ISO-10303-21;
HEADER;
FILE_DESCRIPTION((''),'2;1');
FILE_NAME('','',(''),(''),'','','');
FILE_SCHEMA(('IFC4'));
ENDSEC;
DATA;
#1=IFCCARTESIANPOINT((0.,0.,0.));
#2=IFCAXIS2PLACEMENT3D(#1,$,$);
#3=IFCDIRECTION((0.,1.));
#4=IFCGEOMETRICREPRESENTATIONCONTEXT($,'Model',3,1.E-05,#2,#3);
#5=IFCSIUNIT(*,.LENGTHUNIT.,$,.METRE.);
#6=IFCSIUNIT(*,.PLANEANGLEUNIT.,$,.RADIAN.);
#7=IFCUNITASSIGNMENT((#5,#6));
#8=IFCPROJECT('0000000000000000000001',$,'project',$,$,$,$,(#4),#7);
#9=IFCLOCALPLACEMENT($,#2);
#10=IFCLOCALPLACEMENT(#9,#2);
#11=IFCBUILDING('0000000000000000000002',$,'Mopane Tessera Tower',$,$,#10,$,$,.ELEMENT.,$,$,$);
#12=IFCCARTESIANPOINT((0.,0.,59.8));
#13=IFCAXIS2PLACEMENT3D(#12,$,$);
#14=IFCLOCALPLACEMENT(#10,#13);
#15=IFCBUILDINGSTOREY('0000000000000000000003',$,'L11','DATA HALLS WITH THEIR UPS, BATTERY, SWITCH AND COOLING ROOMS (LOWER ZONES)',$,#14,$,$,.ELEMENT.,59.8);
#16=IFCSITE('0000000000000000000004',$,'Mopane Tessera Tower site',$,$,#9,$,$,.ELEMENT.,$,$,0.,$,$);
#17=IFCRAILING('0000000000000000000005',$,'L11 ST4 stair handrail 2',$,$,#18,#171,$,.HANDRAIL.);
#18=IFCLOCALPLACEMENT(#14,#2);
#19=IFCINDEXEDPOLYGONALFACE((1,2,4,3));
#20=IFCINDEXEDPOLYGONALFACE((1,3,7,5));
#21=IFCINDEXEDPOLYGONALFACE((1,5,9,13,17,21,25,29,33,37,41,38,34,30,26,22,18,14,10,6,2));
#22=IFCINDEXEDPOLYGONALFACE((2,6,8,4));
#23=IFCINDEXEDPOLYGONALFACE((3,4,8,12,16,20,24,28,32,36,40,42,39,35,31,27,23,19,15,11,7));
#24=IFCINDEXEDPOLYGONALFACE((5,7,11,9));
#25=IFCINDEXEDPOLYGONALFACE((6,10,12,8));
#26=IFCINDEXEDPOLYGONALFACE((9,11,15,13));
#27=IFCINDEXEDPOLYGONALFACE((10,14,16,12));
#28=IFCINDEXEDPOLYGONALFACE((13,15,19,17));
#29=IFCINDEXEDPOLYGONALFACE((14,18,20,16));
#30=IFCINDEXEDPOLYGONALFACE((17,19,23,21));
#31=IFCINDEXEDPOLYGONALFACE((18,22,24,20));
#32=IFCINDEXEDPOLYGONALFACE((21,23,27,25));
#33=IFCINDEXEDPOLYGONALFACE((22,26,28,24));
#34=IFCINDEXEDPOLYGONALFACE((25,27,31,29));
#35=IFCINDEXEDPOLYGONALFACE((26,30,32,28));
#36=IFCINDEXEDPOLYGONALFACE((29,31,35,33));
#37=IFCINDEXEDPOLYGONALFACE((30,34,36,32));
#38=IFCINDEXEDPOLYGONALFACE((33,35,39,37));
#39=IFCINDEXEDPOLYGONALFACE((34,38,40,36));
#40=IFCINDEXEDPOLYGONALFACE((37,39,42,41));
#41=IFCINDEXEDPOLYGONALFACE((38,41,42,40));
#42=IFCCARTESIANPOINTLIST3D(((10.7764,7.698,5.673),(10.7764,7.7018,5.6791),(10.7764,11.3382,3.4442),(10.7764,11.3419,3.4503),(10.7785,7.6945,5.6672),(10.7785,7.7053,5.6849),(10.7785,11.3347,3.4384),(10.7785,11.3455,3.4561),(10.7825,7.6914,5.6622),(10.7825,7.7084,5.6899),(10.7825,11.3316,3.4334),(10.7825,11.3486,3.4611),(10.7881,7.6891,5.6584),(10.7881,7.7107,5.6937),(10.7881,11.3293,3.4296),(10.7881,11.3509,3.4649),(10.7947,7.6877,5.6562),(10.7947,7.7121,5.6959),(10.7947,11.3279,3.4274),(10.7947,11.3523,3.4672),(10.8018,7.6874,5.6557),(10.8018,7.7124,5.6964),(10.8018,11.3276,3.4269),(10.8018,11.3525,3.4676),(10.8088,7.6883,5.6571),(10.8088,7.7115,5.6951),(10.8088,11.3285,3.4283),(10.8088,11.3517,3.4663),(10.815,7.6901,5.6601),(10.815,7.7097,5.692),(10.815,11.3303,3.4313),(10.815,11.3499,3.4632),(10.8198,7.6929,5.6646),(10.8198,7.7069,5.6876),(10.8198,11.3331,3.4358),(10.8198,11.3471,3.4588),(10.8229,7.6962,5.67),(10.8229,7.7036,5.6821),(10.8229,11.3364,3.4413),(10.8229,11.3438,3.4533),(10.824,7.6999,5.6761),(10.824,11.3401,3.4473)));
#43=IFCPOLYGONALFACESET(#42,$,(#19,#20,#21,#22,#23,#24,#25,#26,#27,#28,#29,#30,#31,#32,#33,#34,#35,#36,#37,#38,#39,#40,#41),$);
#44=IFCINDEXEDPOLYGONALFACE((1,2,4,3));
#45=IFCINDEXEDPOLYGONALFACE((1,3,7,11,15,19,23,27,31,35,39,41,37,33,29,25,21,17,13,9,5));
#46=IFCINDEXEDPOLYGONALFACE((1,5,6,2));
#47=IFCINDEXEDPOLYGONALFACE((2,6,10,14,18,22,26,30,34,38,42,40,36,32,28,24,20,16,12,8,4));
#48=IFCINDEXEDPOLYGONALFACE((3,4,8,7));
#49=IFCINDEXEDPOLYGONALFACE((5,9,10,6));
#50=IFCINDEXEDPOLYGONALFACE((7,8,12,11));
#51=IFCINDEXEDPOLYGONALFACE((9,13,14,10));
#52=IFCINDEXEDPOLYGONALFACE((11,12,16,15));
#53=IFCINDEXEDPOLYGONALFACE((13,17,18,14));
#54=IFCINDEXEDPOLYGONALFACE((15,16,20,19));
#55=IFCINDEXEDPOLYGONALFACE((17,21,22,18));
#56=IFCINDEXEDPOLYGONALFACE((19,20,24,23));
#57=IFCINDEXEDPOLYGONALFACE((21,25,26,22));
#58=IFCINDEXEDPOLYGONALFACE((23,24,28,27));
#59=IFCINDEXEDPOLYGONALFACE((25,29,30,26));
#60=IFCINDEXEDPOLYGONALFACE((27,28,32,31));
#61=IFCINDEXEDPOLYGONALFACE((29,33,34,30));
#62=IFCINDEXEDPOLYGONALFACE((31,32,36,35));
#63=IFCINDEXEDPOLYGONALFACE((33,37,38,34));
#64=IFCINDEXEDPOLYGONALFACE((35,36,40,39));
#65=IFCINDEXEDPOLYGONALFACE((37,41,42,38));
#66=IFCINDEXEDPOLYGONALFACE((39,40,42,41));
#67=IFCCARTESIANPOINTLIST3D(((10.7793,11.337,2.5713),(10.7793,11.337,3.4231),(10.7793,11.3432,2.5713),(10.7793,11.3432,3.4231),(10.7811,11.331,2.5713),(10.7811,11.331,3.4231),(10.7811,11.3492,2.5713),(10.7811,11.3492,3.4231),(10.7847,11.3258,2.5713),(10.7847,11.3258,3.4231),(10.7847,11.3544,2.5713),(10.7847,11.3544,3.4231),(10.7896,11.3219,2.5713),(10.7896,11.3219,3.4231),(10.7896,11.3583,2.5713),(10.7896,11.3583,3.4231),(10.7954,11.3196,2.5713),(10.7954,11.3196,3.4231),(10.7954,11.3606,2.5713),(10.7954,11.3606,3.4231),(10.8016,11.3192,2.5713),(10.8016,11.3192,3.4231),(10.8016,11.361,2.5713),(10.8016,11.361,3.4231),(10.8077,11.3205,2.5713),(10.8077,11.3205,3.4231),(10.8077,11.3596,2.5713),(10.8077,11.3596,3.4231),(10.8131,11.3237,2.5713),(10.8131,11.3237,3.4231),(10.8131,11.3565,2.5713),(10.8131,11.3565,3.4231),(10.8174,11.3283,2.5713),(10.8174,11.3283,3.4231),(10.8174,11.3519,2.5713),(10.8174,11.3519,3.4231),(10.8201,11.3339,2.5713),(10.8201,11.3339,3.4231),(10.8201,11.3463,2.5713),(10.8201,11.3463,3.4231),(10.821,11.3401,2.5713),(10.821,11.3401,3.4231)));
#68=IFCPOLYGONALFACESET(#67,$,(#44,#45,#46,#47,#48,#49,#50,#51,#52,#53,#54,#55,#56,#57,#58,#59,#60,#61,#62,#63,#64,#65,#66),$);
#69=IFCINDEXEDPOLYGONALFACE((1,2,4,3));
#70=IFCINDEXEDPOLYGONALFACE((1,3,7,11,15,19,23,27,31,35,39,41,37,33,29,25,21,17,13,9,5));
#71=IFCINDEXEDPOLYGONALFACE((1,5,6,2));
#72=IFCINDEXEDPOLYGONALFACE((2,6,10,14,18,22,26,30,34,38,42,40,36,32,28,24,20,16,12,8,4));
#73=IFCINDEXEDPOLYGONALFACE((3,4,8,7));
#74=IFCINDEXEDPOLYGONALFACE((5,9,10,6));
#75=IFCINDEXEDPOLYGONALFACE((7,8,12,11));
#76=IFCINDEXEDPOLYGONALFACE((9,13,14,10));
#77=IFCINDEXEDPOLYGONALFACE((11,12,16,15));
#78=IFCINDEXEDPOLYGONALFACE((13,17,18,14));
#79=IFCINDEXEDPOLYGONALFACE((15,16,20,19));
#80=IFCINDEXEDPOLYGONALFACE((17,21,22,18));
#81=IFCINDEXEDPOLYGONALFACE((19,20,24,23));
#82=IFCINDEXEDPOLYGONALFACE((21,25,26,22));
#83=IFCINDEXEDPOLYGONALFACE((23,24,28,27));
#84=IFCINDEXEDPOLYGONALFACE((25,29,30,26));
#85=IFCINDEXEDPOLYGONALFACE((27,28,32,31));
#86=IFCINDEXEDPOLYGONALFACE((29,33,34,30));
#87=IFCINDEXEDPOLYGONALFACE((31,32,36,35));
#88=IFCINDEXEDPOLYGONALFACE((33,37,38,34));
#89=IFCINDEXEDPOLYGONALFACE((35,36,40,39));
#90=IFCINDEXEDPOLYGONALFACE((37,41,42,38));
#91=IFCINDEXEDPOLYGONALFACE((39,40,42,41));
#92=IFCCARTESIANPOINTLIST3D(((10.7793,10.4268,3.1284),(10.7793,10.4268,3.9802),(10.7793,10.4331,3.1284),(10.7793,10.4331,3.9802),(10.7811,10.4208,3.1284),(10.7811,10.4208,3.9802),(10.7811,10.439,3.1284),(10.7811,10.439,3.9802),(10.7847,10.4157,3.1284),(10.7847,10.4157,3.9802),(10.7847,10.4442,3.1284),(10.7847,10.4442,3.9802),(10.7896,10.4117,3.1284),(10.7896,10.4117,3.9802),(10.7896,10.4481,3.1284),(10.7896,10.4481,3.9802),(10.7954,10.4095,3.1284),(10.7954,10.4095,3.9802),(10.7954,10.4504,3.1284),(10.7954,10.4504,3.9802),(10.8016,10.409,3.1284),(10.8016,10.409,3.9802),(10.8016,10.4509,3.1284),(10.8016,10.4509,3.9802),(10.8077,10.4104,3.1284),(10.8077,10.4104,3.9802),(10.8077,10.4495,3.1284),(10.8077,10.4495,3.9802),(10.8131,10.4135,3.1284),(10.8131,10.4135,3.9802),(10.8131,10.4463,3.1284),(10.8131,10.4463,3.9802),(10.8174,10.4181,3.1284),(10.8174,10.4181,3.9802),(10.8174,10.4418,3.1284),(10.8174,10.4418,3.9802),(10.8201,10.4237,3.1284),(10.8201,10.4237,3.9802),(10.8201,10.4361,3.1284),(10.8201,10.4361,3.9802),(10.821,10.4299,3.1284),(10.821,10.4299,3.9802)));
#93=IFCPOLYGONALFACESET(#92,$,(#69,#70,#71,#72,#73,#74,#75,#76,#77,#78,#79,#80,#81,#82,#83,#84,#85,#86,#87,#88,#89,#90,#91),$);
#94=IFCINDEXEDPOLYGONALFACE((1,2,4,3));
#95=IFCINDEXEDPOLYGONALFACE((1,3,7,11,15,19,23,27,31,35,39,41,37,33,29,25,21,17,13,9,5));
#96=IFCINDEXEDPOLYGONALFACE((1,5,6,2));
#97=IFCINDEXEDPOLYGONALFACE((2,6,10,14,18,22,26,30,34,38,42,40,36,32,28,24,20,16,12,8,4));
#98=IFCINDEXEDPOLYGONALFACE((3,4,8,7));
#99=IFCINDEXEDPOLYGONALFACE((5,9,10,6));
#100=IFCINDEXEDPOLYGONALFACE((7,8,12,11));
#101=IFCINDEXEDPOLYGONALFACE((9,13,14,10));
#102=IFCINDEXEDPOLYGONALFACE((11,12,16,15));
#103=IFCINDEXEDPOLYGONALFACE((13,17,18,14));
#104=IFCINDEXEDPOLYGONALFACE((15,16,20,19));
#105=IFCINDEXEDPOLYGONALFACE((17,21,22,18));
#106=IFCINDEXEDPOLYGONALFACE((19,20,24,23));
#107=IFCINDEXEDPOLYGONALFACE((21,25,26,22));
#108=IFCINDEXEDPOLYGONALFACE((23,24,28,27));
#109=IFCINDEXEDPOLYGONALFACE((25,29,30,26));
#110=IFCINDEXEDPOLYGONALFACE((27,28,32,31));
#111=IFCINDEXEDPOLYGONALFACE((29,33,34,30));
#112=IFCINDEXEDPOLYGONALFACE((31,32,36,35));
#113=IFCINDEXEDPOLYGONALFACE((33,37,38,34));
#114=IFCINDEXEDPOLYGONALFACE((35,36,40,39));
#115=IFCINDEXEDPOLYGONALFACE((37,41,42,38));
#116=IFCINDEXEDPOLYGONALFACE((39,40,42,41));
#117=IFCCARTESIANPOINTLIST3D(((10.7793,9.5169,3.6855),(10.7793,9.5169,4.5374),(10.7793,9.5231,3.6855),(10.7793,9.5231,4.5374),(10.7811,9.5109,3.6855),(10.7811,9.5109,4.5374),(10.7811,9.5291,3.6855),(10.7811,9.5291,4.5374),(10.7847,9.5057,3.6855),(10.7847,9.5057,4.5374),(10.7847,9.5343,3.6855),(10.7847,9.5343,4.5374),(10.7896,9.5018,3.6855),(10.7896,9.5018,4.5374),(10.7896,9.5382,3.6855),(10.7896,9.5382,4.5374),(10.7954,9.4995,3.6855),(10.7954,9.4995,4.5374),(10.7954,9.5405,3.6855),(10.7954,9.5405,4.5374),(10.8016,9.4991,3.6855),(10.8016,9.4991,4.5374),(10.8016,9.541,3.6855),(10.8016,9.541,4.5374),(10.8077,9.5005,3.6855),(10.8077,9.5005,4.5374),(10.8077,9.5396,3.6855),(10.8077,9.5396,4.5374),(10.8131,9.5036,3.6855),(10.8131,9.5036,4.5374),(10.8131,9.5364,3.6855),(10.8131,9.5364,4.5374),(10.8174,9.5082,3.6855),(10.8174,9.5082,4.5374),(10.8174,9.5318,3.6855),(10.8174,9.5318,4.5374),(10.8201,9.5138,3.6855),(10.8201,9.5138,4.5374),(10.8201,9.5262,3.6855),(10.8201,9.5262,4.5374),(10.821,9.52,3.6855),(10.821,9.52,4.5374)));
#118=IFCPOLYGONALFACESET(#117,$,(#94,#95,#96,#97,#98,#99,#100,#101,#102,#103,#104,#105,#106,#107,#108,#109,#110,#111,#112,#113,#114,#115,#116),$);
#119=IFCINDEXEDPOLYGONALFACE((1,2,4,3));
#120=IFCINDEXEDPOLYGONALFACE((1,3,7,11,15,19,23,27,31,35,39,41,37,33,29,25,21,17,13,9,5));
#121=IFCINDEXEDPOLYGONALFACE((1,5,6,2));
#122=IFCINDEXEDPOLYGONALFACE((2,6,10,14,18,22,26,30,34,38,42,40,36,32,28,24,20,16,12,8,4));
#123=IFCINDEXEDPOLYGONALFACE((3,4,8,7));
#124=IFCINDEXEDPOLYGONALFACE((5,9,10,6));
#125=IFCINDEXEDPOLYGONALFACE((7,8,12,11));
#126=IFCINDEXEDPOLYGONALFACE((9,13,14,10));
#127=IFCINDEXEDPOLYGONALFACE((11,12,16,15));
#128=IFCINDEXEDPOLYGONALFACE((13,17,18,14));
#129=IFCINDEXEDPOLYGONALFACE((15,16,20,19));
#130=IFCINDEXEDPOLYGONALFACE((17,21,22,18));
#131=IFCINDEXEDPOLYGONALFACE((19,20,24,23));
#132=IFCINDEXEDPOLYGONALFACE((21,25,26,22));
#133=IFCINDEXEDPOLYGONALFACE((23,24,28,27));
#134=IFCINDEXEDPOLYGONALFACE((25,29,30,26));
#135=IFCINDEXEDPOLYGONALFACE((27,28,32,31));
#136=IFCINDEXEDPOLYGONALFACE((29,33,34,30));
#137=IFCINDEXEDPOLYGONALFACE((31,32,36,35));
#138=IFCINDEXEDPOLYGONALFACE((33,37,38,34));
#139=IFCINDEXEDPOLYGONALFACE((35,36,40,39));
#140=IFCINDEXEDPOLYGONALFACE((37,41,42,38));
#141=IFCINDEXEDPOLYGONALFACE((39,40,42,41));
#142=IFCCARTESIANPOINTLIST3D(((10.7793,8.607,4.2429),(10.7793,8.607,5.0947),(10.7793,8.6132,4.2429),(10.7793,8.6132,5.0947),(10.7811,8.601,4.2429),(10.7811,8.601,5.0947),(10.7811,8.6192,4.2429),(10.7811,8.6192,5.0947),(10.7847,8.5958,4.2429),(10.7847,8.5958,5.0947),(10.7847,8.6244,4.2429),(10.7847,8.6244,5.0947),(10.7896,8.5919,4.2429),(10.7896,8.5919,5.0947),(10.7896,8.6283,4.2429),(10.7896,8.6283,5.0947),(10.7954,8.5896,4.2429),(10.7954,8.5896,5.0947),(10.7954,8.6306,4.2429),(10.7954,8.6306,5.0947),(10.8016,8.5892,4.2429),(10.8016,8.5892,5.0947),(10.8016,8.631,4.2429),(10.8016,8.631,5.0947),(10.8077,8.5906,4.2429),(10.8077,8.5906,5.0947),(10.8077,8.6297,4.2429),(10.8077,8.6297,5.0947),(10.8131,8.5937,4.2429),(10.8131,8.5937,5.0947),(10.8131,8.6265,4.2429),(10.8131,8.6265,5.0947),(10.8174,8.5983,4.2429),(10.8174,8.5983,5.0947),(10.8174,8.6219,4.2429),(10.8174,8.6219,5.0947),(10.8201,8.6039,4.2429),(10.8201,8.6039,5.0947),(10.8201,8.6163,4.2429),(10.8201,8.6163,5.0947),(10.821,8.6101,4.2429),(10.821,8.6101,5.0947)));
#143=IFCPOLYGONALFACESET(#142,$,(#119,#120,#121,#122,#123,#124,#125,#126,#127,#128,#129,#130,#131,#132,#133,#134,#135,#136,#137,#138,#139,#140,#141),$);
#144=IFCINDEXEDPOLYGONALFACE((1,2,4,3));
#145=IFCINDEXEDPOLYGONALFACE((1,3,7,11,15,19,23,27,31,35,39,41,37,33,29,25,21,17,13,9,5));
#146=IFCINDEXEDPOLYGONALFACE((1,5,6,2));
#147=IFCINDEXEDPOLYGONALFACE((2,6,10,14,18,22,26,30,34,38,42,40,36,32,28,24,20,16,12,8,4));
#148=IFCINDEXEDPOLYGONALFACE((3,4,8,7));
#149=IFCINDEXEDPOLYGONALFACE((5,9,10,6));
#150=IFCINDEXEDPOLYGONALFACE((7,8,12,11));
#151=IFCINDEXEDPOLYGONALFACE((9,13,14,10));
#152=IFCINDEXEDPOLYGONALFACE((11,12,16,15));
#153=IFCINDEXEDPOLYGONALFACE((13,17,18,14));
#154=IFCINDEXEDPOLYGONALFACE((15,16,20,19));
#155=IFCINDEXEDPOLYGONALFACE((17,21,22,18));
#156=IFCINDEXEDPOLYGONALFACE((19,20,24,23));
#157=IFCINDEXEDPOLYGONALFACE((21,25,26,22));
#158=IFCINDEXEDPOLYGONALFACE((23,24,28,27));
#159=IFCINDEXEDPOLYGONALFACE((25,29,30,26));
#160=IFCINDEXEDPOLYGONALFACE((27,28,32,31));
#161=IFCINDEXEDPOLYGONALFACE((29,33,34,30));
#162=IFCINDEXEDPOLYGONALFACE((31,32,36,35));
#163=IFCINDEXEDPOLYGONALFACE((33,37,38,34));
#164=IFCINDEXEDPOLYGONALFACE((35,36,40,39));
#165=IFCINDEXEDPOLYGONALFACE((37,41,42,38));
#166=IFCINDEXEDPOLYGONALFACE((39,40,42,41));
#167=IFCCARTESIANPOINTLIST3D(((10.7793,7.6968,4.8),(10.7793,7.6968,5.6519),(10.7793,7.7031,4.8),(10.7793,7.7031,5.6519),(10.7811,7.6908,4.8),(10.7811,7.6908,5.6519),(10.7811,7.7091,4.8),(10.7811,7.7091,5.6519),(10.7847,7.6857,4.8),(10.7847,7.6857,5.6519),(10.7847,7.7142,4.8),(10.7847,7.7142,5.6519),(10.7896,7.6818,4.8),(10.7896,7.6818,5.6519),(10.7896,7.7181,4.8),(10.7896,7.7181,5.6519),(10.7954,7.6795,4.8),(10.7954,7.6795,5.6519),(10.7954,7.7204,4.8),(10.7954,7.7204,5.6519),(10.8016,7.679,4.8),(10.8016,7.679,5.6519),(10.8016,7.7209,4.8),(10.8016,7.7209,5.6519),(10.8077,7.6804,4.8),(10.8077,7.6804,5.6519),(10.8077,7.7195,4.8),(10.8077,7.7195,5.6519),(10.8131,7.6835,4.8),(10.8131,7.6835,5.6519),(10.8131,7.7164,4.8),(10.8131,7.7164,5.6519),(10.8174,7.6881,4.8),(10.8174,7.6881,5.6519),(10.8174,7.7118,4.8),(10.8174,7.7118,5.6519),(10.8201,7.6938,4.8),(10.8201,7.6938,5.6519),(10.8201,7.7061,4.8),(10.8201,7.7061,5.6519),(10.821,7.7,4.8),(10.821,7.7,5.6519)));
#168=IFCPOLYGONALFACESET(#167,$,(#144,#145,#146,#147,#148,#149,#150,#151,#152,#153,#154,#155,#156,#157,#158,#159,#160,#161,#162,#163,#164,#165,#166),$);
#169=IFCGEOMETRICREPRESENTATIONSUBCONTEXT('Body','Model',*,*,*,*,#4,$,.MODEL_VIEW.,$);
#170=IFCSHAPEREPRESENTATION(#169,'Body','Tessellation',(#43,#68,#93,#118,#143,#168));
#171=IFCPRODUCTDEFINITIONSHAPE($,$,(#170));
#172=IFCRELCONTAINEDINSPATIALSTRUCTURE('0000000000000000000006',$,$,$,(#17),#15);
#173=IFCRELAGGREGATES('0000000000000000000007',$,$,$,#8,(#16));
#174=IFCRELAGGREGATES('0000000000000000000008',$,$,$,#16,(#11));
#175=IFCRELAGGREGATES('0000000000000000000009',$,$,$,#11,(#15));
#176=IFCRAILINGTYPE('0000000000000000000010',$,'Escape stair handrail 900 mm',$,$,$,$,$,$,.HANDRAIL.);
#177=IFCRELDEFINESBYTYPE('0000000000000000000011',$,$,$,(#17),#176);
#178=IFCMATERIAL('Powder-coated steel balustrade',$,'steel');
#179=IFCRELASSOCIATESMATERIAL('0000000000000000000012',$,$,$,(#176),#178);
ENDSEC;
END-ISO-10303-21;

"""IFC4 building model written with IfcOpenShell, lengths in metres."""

from ifc_helpers import new_model, si_unit, direction, frame, origin, origin_2d, place, context, subcontext, project, spatial, circle, extrude, material, type_object, element, save


model = new_model("IFC4")

# Units and contexts
model_context = context("Model", 3, precision=1e-05, world=origin(), true_north=direction((0.0, 1.0)))
body_context = subcontext(model_context, "Body", "Model", "MODEL_VIEW")
ifc_project = project(units=[si_unit("LENGTHUNIT", "METRE"), si_unit("PLANEANGLEUNIT", "RADIAN")], contexts=[model_context])

# Site, building, storey
site_placement = place(None, origin())
site = spatial("IfcSite", under=ifc_project, at=site_placement, Name="Mopane Tessera Tower site", CompositionType="ELEMENT", RefElevation=0.0)
building_placement = place(site_placement, origin())
building = spatial("IfcBuilding", under=site, at=building_placement, Name="Mopane Tessera Tower", CompositionType="ELEMENT")
storey_placement = place(building_placement, frame((0.0, 0.0, 59.8)))
storey = spatial("IfcBuildingStorey", under=building, at=storey_placement, Name="L11", Description="DATA HALLS WITH THEIR UPS, BATTERY, SWITCH AND COOLING ROOMS (LOWER ZONES)", CompositionType="ELEMENT", Elevation=59.8)

# Railing
ifc_material_1 = material(Name="Powder-coated steel balustrade", Category="steel")
railing_type_1 = type_object("IfcRailingType", Name="Escape stair handrail 900 mm", PredefinedType="HANDRAIL", material=ifc_material_1)
railing_1_placement = place(storey_placement, frame((10.8, 11.3401, 2.5713)))
element("IfcRailing", 1, at=railing_1_placement, inside=storey, type_object=railing_type_1, Name="L11 ST4 stair handrail 2", PredefinedType="HANDRAIL", context=body_context, shape_type="SweptSolid", body=[
    extrude(circle(Radius=0.0239, at=origin_2d()), frame((0.0, 0.0, 0.876), z_axis=(0.0, -0.85284, 0.522172), x_axis=(1.0, 0.0, 0.0)), (0.0, 0.0, 1.0), 4.2683),
    extrude(circle(Radius=0.021, at=origin_2d()), origin(), (0.0, 0.0, 1.0), 0.8518),
    extrude(circle(Radius=0.021, at=origin_2d()), frame((0.0, -0.9102, 0.5571)), (0.0, 0.0, 1.0), 0.8518),
    extrude(circle(Radius=0.021, at=origin_2d()), frame((0.0, -1.8201, 1.1143)), (0.0, 0.0, 1.0), 0.8518),
    extrude(circle(Radius=0.021, at=origin_2d()), frame((0.0, -2.73, 1.6716)), (0.0, 0.0, 1.0), 0.8518),
    extrude(circle(Radius=0.021, at=origin_2d()), frame((0.0, -3.6401, 2.2288)), (0.0, 0.0, 1.0), 0.8518),
])

save(model, "model.ifc")
